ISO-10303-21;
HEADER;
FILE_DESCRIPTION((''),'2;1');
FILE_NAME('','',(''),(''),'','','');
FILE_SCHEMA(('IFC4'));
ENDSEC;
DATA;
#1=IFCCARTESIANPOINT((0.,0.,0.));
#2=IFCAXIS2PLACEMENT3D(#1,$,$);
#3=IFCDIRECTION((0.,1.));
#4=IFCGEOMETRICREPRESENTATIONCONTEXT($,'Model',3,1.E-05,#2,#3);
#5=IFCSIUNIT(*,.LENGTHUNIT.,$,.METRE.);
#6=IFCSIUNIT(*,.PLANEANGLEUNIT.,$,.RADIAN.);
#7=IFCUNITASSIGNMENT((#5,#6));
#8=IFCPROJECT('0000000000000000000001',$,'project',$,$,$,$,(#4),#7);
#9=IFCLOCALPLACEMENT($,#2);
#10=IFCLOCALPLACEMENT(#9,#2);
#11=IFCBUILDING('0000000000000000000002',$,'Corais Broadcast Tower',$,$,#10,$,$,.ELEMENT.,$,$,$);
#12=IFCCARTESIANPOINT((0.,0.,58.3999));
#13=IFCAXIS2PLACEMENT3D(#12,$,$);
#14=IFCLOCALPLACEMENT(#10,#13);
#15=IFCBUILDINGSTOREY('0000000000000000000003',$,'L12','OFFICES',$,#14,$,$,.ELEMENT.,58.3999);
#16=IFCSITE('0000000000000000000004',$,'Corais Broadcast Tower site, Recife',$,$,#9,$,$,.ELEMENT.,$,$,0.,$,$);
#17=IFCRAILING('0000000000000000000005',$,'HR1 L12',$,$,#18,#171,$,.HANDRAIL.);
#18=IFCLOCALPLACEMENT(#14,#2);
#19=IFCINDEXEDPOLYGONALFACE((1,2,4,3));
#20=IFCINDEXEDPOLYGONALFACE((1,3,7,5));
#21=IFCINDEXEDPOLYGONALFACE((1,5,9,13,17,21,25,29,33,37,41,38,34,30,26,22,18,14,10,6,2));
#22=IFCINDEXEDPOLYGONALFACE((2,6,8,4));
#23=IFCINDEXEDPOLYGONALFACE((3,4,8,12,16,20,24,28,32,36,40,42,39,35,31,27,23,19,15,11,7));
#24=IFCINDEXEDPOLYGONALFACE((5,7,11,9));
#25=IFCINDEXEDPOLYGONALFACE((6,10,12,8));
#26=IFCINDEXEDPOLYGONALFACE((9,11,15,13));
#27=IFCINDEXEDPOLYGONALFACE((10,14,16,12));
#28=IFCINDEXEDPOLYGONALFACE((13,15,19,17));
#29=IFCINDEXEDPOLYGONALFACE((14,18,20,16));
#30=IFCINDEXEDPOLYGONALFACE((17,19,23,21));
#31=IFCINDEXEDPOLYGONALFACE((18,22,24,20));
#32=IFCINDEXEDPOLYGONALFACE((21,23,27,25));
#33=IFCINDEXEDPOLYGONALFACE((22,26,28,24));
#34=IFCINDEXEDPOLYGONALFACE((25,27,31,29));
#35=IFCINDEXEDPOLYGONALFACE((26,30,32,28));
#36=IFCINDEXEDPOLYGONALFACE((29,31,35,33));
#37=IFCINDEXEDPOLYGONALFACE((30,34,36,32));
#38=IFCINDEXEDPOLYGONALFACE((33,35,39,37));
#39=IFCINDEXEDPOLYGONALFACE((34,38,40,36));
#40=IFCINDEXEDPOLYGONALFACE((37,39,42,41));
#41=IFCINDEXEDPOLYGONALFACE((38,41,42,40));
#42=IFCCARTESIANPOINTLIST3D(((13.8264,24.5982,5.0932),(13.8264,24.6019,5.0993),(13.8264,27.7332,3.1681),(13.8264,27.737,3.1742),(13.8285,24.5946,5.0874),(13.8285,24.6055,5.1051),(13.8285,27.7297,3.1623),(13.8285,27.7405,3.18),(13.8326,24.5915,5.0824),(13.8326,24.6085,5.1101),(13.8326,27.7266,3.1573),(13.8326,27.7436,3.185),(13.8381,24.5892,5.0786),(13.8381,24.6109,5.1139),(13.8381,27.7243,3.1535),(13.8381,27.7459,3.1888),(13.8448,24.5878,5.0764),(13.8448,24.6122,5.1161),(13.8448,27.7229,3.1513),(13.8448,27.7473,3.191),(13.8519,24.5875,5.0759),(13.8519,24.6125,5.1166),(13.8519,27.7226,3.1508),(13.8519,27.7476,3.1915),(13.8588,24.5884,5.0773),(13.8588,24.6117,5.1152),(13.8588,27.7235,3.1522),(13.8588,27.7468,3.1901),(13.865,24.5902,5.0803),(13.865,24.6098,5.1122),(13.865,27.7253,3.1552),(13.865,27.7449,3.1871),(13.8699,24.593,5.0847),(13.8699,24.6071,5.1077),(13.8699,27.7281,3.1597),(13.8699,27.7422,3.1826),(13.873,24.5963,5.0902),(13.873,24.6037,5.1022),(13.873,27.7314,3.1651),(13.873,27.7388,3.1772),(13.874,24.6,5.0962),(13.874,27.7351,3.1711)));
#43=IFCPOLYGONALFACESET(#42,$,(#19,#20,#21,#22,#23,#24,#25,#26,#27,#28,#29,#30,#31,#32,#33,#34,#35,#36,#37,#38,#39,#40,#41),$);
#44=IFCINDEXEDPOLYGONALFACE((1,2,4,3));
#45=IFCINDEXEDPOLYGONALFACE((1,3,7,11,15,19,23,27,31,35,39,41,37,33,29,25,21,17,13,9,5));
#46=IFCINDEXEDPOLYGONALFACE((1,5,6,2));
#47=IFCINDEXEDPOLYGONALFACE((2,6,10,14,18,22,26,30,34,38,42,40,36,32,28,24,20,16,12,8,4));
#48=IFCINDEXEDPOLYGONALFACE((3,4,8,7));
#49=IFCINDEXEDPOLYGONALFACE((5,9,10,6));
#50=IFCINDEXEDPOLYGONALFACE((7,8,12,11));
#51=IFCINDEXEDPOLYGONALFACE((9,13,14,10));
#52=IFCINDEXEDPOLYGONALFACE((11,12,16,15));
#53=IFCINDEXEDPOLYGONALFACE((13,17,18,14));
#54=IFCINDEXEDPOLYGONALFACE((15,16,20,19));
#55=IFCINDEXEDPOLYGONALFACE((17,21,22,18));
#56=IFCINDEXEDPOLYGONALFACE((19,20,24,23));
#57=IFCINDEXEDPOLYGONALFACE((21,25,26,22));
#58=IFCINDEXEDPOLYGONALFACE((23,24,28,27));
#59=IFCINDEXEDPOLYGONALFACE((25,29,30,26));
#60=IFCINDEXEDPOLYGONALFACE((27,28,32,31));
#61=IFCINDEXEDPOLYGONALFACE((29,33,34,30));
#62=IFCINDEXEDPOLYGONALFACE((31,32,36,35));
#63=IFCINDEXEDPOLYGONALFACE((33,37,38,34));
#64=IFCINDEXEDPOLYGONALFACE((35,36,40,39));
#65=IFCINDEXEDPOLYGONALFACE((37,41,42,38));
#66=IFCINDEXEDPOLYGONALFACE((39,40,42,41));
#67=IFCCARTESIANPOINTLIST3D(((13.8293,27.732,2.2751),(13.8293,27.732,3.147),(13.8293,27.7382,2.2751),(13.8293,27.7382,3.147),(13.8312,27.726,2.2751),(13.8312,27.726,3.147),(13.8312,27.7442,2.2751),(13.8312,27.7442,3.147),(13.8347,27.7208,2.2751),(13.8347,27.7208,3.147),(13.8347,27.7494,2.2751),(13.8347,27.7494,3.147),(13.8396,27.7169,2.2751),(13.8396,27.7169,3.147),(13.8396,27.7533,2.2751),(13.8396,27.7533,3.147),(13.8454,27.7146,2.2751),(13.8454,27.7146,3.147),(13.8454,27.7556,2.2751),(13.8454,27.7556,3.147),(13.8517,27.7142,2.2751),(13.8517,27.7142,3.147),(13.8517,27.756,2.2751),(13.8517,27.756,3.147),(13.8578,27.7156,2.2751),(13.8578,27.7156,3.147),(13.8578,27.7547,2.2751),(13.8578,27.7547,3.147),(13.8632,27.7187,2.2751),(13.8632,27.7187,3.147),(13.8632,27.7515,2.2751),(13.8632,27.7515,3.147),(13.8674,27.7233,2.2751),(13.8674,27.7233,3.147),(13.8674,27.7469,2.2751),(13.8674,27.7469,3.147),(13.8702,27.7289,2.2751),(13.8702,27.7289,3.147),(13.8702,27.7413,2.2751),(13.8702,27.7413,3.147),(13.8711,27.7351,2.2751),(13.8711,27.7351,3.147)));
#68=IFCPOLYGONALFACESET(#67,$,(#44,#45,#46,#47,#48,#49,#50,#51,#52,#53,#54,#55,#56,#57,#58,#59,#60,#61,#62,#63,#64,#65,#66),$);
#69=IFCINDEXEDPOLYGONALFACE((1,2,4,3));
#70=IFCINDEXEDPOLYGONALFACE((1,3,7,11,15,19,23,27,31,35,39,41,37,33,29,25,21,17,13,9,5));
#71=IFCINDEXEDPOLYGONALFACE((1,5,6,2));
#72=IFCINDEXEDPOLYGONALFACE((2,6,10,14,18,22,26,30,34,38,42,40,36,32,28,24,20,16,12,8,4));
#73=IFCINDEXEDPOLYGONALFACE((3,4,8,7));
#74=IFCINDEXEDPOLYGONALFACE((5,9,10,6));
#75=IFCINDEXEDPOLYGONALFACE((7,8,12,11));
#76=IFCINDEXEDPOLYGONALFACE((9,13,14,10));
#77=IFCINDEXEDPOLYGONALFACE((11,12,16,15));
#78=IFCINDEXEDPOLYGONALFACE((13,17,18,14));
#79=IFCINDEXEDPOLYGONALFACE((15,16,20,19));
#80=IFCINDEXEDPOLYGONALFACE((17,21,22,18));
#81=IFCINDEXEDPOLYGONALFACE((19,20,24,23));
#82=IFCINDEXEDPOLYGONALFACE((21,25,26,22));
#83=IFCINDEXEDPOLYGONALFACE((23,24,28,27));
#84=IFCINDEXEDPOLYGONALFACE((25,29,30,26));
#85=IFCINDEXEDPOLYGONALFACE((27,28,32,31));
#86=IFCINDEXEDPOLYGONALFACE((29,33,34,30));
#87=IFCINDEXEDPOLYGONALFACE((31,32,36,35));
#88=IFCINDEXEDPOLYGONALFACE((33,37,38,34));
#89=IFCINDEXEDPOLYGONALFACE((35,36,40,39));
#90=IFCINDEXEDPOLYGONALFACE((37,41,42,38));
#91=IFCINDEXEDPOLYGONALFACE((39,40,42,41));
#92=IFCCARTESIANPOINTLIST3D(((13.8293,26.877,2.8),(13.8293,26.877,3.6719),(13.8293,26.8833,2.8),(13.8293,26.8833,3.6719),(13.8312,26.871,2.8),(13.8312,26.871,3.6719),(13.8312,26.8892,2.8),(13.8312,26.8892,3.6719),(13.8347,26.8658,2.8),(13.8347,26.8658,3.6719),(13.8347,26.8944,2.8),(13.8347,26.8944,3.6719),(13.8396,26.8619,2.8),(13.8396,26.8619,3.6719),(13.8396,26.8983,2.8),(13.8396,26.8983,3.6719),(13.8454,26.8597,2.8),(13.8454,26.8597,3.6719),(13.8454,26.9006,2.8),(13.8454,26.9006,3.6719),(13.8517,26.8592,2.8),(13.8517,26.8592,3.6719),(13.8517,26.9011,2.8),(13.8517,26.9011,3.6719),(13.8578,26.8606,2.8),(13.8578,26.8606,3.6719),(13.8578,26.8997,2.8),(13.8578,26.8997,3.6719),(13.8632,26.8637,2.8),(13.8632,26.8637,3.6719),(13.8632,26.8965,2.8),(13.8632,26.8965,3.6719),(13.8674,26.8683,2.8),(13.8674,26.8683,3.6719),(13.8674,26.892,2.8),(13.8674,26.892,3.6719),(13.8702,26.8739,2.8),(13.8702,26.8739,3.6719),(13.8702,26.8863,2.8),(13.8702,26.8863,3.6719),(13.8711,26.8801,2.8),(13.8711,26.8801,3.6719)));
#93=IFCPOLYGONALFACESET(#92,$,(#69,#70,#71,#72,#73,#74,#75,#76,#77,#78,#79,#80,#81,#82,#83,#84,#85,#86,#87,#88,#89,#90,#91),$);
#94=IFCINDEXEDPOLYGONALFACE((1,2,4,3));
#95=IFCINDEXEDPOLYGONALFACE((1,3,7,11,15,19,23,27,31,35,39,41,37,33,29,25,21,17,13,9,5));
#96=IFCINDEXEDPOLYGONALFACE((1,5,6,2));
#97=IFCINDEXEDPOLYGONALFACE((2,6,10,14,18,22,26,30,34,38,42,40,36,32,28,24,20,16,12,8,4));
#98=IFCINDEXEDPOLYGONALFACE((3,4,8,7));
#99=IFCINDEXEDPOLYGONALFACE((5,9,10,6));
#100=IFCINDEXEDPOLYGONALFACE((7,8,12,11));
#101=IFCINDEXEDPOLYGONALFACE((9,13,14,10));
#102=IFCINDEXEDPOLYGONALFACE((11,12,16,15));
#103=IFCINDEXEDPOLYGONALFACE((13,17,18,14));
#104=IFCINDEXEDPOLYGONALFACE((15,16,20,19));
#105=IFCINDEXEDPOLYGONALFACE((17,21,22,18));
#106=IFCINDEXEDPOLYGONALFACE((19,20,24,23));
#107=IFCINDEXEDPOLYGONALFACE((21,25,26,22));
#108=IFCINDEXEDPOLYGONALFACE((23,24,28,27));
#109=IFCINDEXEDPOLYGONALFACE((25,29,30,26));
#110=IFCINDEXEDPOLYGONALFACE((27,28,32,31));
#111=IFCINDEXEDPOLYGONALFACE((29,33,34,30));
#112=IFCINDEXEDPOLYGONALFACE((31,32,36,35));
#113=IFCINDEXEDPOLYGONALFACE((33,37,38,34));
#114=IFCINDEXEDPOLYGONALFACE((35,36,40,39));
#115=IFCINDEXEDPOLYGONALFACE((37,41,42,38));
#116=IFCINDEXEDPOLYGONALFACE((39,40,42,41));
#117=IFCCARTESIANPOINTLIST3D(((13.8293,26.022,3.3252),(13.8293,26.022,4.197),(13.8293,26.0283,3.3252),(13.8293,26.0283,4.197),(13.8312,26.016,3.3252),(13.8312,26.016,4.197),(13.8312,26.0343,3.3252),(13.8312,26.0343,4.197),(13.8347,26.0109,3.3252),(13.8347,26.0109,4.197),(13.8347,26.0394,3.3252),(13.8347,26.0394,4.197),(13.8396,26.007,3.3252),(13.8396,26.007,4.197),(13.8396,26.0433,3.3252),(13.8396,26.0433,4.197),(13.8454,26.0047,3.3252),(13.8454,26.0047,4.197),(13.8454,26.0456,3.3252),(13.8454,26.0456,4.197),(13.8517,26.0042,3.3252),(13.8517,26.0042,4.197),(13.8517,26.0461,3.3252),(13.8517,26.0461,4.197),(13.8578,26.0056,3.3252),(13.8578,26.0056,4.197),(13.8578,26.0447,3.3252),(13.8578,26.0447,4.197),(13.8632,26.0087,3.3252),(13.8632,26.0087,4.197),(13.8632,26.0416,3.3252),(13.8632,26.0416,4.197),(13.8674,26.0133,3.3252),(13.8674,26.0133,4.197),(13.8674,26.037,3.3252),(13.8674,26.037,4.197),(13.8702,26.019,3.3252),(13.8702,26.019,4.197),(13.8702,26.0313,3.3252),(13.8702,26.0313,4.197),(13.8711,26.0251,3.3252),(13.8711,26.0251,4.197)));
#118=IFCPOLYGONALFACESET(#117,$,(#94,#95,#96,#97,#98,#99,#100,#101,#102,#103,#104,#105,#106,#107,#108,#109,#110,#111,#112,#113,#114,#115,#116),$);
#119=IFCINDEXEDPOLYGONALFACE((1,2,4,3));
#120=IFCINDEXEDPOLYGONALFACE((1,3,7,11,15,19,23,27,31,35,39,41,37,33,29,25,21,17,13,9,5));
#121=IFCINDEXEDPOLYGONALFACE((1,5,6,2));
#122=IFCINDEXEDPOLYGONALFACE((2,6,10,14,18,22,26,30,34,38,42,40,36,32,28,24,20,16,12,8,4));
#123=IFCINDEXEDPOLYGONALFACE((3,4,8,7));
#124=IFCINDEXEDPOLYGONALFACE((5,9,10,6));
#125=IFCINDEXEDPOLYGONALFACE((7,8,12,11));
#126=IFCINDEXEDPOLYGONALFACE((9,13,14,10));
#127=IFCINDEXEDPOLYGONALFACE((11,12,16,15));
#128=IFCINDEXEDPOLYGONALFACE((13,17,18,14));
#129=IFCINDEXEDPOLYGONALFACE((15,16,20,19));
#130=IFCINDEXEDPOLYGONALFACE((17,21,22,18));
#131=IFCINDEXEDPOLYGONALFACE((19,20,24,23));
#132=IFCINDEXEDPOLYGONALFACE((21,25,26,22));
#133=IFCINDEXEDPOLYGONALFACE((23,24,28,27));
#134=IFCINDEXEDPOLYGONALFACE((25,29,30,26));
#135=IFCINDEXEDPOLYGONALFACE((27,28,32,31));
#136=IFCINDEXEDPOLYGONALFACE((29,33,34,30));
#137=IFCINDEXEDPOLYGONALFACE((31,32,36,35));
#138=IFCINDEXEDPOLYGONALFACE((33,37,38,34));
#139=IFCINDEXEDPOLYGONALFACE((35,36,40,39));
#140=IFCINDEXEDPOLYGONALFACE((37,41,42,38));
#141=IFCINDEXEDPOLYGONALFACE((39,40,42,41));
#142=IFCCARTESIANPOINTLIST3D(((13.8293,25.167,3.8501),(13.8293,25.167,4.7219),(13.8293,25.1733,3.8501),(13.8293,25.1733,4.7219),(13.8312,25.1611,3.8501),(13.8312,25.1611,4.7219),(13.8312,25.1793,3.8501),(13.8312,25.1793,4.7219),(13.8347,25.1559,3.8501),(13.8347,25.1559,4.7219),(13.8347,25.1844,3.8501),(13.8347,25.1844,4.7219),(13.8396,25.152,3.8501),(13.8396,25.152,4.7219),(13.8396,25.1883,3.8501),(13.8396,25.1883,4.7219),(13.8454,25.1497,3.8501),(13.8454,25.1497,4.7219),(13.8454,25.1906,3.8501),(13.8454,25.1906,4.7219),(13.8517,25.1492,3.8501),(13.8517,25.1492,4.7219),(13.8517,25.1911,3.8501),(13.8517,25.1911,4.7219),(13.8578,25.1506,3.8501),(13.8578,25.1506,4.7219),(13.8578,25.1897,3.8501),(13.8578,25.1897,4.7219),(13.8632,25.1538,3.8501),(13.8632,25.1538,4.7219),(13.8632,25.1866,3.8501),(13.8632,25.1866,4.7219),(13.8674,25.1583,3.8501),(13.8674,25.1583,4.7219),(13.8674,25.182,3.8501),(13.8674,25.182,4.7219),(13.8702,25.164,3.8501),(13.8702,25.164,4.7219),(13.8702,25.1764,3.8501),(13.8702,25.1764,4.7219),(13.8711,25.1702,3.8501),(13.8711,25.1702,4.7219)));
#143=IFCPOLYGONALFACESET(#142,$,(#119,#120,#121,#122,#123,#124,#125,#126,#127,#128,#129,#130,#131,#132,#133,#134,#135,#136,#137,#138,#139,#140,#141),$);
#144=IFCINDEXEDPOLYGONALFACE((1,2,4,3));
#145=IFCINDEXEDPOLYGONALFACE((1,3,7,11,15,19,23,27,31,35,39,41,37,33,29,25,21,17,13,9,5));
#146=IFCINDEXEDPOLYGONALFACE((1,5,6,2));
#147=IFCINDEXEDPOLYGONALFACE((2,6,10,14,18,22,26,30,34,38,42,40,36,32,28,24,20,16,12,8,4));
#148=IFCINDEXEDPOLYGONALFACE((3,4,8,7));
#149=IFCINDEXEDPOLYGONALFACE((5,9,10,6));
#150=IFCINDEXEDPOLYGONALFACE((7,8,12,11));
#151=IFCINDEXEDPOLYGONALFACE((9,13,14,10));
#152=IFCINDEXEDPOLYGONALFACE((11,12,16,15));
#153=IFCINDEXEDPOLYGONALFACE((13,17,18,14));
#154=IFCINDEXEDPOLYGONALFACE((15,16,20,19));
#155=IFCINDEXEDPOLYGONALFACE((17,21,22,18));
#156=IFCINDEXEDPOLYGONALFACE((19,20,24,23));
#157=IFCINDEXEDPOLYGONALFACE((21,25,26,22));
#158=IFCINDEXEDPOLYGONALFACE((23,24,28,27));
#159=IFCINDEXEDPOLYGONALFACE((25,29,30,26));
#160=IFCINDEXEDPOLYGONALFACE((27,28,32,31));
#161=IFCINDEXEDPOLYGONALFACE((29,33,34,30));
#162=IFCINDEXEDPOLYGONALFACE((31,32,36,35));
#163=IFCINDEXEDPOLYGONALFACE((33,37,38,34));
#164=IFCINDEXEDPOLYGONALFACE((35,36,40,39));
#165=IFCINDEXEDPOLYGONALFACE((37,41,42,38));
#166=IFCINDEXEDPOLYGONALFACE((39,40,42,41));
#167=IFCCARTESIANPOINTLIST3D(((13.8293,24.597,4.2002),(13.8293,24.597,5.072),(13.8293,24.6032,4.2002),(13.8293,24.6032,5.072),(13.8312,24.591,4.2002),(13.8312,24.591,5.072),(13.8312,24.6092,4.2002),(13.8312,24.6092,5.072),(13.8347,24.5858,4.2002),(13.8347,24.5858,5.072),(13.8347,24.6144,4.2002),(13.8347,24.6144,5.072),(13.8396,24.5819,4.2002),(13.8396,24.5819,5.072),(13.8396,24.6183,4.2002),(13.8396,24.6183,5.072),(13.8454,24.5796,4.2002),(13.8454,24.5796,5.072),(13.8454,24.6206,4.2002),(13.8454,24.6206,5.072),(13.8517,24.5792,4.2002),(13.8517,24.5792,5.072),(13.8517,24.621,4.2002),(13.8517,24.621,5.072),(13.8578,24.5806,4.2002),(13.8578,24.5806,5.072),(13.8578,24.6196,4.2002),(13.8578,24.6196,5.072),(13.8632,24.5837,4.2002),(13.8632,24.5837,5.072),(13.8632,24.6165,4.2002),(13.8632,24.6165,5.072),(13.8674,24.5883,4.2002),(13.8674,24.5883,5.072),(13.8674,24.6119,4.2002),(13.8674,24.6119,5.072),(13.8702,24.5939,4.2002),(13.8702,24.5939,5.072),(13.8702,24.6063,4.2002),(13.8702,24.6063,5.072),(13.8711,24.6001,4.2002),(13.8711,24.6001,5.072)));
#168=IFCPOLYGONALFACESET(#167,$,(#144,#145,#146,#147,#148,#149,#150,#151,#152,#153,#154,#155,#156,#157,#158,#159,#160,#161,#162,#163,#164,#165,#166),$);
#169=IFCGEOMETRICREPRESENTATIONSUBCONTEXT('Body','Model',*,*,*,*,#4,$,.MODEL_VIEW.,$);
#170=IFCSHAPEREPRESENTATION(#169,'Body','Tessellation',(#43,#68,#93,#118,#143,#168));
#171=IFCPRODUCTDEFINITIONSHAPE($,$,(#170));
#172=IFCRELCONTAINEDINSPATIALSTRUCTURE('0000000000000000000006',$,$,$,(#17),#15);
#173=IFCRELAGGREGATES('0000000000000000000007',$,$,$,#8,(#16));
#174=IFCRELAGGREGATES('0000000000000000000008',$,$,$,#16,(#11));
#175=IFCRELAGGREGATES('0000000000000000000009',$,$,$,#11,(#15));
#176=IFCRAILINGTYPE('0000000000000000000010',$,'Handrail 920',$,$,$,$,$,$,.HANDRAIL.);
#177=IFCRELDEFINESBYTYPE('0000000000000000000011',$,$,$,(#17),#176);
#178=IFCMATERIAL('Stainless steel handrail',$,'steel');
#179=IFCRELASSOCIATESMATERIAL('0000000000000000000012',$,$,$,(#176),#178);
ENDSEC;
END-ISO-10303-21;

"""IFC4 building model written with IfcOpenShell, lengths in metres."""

from ifc_helpers import new_model, si_unit, direction, frame, origin, origin_2d, place, context, subcontext, project, spatial, circle, extrude, material, type_object, element, save


model = new_model("IFC4")

# Units and contexts
model_context = context("Model", 3, precision=1e-05, world=origin(), true_north=direction((0.0, 1.0)))
body_context = subcontext(model_context, "Body", "Model", "MODEL_VIEW")
ifc_project = project(units=[si_unit("LENGTHUNIT", "METRE"), si_unit("PLANEANGLEUNIT", "RADIAN")], contexts=[model_context])

# Site, building, storey
site_placement = place(None, origin())
site = spatial("IfcSite", under=ifc_project, at=site_placement, Name="Corais Broadcast Tower site, Recife", CompositionType="ELEMENT", RefElevation=0.0)
building_placement = place(site_placement, origin())
building = spatial("IfcBuilding", under=site, at=building_placement, Name="Corais Broadcast Tower", CompositionType="ELEMENT")
storey_placement = place(building_placement, frame((0.0, 0.0, 58.3999)))
storey = spatial("IfcBuildingStorey", under=building, at=storey_placement, Name="L12", Description="OFFICES", CompositionType="ELEMENT", Elevation=58.3999)

# Railing
ifc_material_1 = material(Name="Stainless steel handrail", Category="steel")
railing_type = type_object("IfcRailingType", Name="Handrail 920", PredefinedType="HANDRAIL", material=ifc_material_1)
for number, where, name in (
    (1, (13.8501, 27.7351, 2.2751), "HR1 L12"),
):
    element("IfcRailing", number, at=place(storey_placement, frame(where)), inside=storey, type_object=railing_type, Name=name, PredefinedType="HANDRAIL", context=body_context, shape_type="SweptSolid", body=[
        extrude(circle(Radius=0.0239, at=origin_2d()), frame((0.0, 0.0, 0.896), z_axis=(0.0, -0.852166, 0.523271), x_axis=(1.0, 0.0, 0.0)), (0.0, 0.0, 1.0), 3.679),
        extrude(circle(Radius=0.021, at=origin_2d()), origin(), (0.0, 0.0, 1.0), 0.8718),
        extrude(circle(Radius=0.021, at=origin_2d()), frame((0.0, -0.855, 0.5249)), (0.0, 0.0, 1.0), 0.8718),
        extrude(circle(Radius=0.021, at=origin_2d()), frame((0.0, -1.71, 1.05)), (0.0, 0.0, 1.0), 0.8718),
        extrude(circle(Radius=0.021, at=origin_2d()), frame((0.0, -2.5649, 1.575)), (0.0, 0.0, 1.0), 0.8718),
        extrude(circle(Radius=0.021, at=origin_2d()), frame((0.0, -3.135, 1.925)), (0.0, 0.0, 1.0), 0.8718),
    ])

save(model, "model.ifc")
